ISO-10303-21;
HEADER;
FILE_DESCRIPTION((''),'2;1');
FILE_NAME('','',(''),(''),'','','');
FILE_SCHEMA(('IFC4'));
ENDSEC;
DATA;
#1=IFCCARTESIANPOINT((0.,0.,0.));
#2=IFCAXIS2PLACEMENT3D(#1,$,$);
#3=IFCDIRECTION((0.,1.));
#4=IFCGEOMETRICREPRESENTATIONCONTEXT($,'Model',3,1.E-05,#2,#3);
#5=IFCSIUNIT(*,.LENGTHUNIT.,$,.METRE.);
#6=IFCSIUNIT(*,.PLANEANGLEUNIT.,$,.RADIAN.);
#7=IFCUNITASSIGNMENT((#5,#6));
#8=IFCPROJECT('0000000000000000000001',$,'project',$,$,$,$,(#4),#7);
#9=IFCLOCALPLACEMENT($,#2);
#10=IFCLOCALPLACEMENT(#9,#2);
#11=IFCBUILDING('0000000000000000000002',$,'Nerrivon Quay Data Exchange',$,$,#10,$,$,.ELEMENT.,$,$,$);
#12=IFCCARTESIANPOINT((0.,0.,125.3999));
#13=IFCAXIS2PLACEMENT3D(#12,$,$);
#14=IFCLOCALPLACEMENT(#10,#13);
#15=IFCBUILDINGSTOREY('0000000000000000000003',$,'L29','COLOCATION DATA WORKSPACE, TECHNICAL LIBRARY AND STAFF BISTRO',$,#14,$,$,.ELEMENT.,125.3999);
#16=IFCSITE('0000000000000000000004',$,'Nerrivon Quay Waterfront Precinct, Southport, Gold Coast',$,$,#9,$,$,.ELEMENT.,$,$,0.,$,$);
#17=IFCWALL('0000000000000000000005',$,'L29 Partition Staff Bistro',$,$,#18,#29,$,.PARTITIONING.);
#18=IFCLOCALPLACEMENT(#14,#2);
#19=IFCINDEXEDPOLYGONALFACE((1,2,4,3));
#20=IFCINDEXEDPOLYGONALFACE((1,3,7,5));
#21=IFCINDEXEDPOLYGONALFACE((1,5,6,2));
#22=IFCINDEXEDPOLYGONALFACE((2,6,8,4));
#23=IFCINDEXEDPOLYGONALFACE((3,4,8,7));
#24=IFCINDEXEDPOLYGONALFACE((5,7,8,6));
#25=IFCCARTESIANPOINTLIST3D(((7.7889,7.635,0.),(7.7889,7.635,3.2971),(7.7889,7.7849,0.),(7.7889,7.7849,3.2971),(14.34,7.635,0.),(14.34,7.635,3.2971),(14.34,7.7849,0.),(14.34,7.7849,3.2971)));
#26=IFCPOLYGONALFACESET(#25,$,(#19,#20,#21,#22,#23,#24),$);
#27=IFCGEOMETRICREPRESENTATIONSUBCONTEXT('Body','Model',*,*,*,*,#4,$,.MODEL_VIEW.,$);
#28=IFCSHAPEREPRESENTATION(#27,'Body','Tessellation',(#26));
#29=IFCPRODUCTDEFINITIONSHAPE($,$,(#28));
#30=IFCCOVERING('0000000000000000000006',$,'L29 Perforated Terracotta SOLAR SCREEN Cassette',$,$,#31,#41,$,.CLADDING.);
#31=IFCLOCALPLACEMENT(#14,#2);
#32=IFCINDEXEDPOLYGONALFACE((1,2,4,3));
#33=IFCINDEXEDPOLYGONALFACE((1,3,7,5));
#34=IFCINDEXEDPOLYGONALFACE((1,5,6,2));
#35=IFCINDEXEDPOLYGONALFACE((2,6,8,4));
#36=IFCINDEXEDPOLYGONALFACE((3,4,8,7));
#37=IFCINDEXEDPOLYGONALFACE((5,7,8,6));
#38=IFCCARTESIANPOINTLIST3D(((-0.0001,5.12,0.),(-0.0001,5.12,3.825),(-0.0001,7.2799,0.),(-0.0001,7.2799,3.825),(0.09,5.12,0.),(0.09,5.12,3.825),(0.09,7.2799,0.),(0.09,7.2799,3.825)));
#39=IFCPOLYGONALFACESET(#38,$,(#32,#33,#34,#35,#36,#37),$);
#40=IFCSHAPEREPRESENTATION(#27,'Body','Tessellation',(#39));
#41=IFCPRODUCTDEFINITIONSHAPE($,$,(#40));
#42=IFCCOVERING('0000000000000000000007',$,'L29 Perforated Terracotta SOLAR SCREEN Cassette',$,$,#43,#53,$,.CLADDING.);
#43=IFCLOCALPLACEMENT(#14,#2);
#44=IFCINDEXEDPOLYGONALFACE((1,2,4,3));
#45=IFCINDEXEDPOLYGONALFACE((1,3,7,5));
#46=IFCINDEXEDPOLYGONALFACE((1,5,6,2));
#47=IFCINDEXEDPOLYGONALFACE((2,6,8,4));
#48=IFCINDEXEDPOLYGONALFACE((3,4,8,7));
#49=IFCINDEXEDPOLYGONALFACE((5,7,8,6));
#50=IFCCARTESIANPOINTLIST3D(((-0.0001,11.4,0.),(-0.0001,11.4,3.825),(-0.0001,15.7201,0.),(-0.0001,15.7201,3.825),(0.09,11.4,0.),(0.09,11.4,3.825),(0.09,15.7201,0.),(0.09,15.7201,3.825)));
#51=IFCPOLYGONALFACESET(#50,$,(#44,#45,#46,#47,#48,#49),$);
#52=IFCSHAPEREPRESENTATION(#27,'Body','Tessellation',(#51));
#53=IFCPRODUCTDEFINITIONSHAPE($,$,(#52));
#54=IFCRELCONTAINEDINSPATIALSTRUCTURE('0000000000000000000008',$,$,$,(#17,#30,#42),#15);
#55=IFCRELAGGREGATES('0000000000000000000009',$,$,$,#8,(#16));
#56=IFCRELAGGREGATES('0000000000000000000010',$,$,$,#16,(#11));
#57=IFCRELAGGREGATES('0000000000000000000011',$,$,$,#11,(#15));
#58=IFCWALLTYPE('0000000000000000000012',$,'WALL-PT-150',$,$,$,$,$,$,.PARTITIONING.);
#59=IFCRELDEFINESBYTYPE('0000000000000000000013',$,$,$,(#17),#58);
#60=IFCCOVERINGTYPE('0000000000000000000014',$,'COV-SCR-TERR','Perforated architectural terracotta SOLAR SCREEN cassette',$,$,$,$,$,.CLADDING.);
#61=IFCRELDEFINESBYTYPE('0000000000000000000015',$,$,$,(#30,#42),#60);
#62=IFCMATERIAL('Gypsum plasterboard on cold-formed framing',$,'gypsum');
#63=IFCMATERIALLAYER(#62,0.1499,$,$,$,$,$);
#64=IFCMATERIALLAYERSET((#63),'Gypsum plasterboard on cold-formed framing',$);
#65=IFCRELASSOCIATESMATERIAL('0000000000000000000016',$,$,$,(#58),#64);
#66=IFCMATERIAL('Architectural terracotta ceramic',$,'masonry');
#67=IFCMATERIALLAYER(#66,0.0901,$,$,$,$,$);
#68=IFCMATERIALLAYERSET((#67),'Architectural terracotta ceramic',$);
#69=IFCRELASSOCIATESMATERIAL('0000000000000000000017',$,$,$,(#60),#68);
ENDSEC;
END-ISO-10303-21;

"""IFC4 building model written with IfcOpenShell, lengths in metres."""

from ifc_helpers import new_model, si_unit, direction, frame, frame_2d, origin, origin_2d, place, context, subcontext, project, spatial, rectangle, extrude, material, layer, layer_set, type_object, element, save


model = new_model("IFC4")

# Units and contexts
model_context = context("Model", 3, precision=1e-05, world=origin(), true_north=direction((0.0, 1.0)))
body_context = subcontext(model_context, "Body", "Model", "MODEL_VIEW")
ifc_project = project(units=[si_unit("LENGTHUNIT", "METRE"), si_unit("PLANEANGLEUNIT", "RADIAN")], contexts=[model_context])

# Site, building, storey
site_placement = place(None, origin())
site = spatial("IfcSite", under=ifc_project, at=site_placement, Name="Nerrivon Quay Waterfront Precinct, Southport, Gold Coast", CompositionType="ELEMENT", RefElevation=0.0)
building_placement = place(site_placement, origin())
building = spatial("IfcBuilding", under=site, at=building_placement, Name="Nerrivon Quay Data Exchange", CompositionType="ELEMENT")
storey_placement = place(building_placement, frame((0.0, 0.0, 125.3999)))
storey = spatial("IfcBuildingStorey", under=building, at=storey_placement, Name="L29", Description="COLOCATION DATA WORKSPACE, TECHNICAL LIBRARY AND STAFF BISTRO", CompositionType="ELEMENT", Elevation=125.3999)

# Shared definitions
ifc_material_1 = material(Name="Gypsum plasterboard on cold-formed framing", Category="gypsum")
ifc_layer_1 = layer(ifc_material_1, 0.1499)
ifc_layer_set_1 = layer_set([ifc_layer_1], Name="Gypsum plasterboard on cold-formed framing")
wall_type = type_object("IfcWallType", Name="WALL-PT-150", PredefinedType="PARTITIONING", material=ifc_layer_set_1)

# Wall
wall_1_placement = place(storey_placement, frame((7.7891, 7.71, 0.0), z_axis=(0.0, 0.0, 1.0), x_axis=(1.0, 0.0, 0.0)))
element("IfcWall", 1, at=wall_1_placement, inside=storey, type_object=wall_type, Name="L29 Partition Staff Bistro", PredefinedType="PARTITIONING", context=body_context, shape_type="SweptSolid", body=[
    extrude(rectangle(XDim=6.551, YDim=0.1499, at=frame_2d((3.2754, 0.0))), origin(), (0.0, 0.0, 1.0), 3.2971),
])

# Coverings
ifc_material_2 = material(Name="Architectural terracotta ceramic", Category="masonry")
ifc_layer_2 = layer(ifc_material_2, 0.0901)
ifc_layer_set_2 = layer_set([ifc_layer_2], Name="Architectural terracotta ceramic")
covering_type = type_object("IfcCoveringType", Name="COV-SCR-TERR", Description="Perforated architectural terracotta SOLAR SCREEN cassette", PredefinedType="CLADDING", material=ifc_layer_set_2)
covering_1_placement = place(storey_placement, frame((0.0449, 6.2, 0.0), z_axis=(0.0, 0.0, 1.0), x_axis=(0.0, 1.0, 0.0)))
element("IfcCovering", 2, at=covering_1_placement, inside=storey, type_object=covering_type, Name="L29 Perforated Terracotta SOLAR SCREEN Cassette", PredefinedType="CLADDING", context=body_context, shape_type="SweptSolid", body=[
    extrude(rectangle(XDim=2.1599, YDim=0.0901, at=origin_2d()), origin(), (0.0, 0.0, 1.0), 3.825),
])
covering_2_placement = place(storey_placement, frame((0.0449, 13.5601, 0.0), z_axis=(0.0, 0.0, 1.0), x_axis=(0.0, 1.0, 0.0)))
element("IfcCovering", 3, at=covering_2_placement, inside=storey, type_object=covering_type, Name="L29 Perforated Terracotta SOLAR SCREEN Cassette", PredefinedType="CLADDING", context=body_context, shape_type="SweptSolid", body=[
    extrude(rectangle(XDim=4.3201, YDim=0.0901, at=origin_2d()), origin(), (0.0, 0.0, 1.0), 3.825),
])

save(model, "model.ifc")
